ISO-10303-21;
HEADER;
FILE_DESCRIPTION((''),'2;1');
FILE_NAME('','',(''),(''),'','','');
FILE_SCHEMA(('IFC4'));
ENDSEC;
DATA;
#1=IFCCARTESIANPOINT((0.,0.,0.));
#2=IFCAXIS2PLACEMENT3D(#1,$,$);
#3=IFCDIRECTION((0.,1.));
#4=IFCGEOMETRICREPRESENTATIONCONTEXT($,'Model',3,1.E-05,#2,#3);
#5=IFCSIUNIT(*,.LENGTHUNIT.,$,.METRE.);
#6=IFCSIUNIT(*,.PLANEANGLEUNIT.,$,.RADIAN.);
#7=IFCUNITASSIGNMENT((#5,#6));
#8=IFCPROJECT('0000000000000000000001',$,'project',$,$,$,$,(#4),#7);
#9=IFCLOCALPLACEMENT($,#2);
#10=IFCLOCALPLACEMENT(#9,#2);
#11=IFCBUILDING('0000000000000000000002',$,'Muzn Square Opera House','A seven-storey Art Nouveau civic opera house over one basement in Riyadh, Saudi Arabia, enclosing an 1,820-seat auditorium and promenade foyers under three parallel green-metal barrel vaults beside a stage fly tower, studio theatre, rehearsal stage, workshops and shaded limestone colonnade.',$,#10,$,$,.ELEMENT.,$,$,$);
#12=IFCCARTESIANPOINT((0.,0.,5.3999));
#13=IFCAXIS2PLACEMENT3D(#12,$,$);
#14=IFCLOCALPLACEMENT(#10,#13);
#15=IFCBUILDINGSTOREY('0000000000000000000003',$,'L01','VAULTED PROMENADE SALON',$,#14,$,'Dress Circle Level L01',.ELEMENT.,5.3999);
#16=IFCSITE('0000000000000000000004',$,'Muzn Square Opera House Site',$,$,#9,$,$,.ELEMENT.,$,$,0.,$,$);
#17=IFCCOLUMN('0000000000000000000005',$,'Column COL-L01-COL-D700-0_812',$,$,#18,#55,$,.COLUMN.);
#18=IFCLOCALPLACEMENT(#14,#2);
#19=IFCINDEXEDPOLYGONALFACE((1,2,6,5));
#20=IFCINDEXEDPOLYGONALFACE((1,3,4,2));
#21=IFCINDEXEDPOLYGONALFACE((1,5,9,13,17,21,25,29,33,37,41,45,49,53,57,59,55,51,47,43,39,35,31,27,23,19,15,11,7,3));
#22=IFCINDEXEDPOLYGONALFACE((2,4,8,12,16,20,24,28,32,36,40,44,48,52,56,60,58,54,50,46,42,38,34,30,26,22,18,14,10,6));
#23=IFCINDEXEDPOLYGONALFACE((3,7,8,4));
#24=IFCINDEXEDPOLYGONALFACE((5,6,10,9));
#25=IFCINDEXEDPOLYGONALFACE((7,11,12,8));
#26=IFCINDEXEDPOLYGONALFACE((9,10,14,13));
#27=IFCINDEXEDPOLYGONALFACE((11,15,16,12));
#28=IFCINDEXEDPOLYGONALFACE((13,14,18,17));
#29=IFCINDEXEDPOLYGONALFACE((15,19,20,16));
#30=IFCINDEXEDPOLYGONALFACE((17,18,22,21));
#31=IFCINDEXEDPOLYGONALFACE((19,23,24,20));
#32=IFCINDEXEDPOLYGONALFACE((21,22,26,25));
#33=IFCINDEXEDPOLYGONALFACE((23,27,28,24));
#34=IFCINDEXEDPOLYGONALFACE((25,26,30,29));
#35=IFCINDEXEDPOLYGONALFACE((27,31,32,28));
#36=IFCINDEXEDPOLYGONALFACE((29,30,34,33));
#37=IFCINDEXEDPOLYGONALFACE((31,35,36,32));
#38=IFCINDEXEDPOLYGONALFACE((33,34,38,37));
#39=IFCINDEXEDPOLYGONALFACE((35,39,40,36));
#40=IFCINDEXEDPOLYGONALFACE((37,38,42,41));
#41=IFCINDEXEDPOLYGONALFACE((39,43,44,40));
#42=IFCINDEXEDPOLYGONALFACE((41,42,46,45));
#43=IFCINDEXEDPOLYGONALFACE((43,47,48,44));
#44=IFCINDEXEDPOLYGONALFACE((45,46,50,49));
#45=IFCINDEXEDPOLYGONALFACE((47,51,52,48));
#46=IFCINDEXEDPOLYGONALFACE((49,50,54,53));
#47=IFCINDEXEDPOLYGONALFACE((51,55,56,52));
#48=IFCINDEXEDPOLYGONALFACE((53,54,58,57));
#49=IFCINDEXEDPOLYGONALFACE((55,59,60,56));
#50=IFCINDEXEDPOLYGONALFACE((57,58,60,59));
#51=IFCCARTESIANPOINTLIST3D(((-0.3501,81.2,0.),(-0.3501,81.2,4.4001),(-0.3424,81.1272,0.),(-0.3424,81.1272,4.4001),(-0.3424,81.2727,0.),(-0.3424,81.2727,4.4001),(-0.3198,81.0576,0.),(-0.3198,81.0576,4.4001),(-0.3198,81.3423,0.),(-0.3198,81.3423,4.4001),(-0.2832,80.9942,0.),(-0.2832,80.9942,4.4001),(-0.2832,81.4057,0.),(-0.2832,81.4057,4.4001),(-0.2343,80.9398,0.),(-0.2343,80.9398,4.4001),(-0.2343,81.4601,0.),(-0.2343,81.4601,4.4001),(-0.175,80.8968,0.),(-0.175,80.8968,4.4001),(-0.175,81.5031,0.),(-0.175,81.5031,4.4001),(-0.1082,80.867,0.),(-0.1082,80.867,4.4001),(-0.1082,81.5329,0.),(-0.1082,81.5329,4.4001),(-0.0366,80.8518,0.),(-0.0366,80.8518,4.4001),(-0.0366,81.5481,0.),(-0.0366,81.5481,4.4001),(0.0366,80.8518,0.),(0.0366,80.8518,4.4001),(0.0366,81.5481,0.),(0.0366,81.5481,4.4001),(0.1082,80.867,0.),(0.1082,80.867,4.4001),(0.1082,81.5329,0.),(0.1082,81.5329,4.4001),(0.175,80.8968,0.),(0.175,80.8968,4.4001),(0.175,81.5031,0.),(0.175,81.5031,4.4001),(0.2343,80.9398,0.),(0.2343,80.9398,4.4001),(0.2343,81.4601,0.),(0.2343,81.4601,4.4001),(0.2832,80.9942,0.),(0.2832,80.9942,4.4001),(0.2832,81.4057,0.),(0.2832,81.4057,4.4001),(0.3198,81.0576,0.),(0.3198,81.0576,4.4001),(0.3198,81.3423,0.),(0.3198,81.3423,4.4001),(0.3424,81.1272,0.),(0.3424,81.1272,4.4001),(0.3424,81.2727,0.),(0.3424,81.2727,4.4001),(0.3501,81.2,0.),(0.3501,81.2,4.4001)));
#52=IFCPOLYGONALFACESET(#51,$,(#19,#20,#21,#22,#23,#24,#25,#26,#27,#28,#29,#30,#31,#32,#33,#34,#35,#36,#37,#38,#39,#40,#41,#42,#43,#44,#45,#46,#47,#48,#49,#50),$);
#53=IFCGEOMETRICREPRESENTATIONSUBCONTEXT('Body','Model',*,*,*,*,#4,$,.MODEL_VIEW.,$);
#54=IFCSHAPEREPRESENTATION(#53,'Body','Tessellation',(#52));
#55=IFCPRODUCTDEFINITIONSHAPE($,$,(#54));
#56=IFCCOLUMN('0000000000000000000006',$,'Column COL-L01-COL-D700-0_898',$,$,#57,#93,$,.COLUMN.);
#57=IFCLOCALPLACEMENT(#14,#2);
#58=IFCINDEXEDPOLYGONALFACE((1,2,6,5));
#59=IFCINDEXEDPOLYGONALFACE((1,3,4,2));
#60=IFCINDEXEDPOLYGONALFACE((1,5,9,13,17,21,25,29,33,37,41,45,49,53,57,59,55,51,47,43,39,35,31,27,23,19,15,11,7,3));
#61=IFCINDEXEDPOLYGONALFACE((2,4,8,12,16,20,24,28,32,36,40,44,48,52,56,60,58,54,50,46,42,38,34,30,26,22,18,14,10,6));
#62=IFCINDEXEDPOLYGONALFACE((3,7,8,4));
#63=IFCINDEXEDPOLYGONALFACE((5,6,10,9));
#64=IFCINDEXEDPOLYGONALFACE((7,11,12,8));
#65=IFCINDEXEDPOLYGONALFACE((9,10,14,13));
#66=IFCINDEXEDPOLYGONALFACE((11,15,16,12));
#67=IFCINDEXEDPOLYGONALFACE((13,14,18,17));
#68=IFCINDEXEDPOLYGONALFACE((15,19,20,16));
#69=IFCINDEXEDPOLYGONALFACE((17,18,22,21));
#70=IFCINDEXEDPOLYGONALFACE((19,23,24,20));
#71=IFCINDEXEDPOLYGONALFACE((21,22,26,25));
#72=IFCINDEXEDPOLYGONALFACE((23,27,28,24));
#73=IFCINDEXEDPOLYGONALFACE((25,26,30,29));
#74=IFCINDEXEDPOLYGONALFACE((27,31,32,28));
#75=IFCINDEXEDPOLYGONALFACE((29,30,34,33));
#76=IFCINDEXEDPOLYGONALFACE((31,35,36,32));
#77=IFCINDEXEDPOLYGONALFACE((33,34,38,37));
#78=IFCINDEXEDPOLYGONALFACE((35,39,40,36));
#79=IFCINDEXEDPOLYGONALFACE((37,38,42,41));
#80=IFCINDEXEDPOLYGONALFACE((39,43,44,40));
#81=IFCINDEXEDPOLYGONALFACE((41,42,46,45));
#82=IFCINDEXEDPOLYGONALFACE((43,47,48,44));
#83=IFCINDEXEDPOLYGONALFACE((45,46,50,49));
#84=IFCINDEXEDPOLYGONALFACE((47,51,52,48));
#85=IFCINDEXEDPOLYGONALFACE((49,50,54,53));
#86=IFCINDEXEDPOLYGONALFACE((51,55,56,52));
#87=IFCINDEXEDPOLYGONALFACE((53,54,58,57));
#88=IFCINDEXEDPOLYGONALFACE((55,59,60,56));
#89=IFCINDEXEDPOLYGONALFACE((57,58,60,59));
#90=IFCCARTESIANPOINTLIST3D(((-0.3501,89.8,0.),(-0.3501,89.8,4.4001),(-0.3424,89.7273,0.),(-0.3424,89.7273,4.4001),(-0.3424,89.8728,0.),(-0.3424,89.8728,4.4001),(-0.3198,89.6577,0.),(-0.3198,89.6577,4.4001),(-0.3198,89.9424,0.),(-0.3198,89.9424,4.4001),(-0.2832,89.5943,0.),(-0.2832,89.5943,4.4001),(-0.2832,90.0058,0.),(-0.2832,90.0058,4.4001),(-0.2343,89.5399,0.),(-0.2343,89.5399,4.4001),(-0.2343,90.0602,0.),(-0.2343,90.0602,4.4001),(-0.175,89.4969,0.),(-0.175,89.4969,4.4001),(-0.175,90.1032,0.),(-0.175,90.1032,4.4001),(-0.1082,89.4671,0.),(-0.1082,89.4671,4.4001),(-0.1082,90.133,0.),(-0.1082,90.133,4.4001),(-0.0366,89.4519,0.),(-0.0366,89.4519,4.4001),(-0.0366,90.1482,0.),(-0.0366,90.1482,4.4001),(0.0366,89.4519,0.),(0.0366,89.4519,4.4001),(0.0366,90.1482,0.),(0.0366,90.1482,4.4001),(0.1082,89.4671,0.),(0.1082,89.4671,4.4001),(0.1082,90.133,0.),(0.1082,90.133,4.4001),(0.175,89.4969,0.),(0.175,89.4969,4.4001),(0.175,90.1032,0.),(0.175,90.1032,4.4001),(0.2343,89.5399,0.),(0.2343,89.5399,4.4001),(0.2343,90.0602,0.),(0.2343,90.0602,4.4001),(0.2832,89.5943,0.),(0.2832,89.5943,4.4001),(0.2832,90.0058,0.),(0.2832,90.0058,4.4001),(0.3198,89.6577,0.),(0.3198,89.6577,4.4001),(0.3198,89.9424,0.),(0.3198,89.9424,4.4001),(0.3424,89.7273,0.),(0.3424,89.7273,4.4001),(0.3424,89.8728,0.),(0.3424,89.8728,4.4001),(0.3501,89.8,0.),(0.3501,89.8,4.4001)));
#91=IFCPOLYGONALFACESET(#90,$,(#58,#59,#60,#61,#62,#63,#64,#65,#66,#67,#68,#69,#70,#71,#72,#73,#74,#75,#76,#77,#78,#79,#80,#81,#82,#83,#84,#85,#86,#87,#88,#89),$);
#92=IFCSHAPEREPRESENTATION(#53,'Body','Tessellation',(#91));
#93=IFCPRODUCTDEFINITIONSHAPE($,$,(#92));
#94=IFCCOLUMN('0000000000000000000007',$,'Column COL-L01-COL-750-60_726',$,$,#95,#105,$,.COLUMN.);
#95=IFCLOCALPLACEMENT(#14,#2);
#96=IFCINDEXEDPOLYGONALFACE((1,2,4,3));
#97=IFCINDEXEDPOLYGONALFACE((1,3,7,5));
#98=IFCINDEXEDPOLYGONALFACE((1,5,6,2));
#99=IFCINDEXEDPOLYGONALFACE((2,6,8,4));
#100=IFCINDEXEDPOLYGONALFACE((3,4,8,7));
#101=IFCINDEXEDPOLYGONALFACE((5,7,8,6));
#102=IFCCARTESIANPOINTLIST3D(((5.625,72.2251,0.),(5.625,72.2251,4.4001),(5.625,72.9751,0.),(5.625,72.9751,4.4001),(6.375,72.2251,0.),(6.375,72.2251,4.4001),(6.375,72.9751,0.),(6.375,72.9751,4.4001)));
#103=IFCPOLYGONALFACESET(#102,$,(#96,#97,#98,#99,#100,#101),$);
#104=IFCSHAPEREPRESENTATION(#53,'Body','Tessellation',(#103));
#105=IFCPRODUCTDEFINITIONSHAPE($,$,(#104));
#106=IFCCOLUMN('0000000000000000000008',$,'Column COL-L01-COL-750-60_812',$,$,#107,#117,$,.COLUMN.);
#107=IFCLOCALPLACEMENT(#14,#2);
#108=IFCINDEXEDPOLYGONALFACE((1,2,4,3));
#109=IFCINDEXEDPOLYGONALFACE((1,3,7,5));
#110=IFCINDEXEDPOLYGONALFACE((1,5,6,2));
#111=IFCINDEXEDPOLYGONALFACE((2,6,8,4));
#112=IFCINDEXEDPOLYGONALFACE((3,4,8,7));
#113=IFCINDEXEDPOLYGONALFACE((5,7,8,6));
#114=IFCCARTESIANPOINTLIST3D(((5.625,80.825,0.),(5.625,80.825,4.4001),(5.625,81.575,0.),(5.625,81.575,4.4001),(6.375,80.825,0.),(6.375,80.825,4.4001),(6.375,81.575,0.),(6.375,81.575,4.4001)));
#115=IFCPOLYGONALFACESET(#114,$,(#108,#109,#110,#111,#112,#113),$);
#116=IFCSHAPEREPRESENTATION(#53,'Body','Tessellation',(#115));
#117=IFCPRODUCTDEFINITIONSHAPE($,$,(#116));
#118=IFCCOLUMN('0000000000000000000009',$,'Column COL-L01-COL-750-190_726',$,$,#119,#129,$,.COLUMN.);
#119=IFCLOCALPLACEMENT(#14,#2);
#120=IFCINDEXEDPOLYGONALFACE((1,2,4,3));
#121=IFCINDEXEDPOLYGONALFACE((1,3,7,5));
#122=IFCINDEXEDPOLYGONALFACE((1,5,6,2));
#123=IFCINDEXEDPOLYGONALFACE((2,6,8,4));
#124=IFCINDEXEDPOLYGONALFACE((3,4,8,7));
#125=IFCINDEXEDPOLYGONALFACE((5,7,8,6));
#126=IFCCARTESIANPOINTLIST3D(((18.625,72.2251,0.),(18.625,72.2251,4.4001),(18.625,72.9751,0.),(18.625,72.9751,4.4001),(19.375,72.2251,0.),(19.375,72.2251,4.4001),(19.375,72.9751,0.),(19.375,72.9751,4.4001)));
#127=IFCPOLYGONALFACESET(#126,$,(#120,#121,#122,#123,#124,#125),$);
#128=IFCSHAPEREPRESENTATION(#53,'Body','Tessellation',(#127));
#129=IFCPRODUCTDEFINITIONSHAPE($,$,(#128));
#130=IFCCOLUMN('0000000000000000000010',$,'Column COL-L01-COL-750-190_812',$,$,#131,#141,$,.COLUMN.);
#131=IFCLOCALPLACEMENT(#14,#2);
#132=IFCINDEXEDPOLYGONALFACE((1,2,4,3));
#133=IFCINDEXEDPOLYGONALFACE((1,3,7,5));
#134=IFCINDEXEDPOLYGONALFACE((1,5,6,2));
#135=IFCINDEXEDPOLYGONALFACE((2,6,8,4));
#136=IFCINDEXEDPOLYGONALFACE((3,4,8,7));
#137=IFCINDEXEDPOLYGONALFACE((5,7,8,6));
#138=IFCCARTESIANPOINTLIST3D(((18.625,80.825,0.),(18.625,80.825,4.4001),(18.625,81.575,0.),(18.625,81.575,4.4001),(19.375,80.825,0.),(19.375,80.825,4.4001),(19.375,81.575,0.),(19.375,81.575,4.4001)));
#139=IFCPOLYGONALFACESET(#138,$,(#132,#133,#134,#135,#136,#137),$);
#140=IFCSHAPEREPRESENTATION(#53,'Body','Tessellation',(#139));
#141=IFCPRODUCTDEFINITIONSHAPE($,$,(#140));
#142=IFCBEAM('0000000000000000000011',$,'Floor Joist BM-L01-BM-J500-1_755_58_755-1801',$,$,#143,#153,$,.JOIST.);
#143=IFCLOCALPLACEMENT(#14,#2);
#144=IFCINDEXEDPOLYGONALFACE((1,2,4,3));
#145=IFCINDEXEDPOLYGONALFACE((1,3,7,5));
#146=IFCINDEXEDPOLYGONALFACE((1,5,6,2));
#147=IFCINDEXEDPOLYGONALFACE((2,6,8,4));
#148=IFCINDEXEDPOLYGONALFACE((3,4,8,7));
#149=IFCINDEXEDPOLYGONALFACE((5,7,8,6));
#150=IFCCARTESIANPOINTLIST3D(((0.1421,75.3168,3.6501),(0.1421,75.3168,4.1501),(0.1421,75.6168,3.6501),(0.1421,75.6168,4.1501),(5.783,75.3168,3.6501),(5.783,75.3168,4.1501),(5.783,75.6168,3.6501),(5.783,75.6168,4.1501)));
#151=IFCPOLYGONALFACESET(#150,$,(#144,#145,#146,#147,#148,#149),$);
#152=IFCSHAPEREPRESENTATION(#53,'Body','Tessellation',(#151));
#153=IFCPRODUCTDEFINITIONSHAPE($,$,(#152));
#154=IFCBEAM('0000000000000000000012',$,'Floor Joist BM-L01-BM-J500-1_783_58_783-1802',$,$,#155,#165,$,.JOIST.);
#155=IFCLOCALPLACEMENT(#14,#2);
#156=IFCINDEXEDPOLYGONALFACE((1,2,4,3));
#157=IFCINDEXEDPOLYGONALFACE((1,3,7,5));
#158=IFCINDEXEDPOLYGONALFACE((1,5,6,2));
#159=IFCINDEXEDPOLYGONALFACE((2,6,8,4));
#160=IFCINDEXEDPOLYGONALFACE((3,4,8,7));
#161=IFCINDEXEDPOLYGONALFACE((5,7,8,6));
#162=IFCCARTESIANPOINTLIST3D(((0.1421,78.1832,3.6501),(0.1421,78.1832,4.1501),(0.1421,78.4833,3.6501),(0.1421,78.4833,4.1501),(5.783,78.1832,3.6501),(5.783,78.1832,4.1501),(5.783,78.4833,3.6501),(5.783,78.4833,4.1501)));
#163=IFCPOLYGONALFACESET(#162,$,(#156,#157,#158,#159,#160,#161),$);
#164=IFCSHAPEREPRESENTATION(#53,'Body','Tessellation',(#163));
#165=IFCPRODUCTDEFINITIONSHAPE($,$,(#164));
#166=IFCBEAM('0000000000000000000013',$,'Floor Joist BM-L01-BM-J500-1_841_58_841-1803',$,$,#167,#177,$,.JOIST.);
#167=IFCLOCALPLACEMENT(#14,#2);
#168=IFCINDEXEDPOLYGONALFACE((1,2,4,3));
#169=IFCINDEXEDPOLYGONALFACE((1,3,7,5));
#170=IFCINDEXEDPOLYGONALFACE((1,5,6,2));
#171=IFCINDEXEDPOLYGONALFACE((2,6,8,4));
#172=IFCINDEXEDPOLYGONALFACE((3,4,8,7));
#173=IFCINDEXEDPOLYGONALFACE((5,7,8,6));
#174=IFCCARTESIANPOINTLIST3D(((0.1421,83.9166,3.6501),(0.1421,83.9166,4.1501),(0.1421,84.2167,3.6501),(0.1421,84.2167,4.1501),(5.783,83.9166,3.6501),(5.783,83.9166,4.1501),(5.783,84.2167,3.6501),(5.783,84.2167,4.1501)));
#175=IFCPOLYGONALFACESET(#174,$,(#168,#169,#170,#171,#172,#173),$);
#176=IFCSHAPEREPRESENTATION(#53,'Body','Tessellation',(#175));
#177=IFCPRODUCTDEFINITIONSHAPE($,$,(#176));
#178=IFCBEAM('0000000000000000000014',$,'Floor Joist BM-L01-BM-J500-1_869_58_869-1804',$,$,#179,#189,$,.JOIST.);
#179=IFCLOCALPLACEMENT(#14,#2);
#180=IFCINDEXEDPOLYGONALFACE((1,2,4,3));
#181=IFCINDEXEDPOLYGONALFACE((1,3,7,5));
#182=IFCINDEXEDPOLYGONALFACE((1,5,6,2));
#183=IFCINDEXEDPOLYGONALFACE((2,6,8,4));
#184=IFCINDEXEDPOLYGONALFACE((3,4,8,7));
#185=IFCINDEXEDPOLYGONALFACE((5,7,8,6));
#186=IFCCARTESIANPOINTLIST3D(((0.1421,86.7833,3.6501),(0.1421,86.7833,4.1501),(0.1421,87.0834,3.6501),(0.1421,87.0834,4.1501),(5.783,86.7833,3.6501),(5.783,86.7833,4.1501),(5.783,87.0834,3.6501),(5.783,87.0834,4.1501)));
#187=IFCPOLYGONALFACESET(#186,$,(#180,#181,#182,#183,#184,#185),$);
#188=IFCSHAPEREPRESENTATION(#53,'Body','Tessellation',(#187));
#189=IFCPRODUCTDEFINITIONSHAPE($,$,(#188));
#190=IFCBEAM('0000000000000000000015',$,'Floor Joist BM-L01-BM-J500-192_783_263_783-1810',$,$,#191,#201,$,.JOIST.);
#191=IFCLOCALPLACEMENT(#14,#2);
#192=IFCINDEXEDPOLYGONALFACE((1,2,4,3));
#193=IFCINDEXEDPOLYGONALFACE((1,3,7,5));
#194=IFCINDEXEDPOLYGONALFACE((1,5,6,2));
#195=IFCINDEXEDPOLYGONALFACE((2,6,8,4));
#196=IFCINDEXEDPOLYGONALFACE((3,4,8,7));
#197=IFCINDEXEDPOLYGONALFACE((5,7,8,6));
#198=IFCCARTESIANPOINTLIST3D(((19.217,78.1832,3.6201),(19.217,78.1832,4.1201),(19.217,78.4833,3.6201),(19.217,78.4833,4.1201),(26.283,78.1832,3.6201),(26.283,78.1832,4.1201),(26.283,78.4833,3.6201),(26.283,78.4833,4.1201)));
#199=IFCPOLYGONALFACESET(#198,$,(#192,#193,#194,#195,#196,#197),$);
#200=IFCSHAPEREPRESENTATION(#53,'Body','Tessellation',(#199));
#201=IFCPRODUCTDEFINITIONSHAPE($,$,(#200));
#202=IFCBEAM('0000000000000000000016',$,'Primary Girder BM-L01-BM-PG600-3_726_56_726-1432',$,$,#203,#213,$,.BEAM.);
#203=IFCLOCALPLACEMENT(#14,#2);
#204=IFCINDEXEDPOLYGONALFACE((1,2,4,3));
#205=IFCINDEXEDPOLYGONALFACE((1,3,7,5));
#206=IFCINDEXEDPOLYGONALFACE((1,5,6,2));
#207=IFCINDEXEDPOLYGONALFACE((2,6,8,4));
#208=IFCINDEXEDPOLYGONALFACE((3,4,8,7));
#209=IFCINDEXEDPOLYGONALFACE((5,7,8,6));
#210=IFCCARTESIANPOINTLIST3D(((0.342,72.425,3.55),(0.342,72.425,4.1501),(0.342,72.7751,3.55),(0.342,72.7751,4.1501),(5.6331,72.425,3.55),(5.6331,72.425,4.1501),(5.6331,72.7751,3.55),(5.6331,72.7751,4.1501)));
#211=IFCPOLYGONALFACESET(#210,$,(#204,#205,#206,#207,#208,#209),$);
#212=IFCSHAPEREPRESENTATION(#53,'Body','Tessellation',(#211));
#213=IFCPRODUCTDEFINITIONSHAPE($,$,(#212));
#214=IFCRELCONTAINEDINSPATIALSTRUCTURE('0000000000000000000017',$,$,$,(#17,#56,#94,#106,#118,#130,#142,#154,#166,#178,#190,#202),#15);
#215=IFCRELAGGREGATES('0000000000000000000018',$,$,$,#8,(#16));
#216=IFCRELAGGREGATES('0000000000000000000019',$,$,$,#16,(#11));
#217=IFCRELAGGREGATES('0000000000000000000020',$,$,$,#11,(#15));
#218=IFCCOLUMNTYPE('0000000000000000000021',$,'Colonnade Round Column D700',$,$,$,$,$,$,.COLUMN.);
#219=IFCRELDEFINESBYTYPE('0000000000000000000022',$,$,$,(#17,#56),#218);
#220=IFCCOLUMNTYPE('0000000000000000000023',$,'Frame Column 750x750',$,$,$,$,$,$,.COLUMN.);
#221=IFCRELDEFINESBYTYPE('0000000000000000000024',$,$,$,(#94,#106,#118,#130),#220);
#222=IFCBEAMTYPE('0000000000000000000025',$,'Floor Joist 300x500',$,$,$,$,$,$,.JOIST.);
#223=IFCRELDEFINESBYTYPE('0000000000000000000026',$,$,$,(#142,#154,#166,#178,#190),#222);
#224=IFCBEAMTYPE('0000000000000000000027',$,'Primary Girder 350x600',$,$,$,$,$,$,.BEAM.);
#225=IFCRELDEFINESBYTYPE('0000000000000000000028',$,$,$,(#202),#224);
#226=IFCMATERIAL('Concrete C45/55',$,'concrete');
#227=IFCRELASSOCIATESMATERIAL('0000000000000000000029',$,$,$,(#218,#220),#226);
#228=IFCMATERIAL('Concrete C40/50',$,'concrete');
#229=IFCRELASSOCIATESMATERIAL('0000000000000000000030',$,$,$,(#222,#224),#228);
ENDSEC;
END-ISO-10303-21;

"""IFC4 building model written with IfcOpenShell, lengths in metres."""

from ifc_helpers import new_model, si_unit, direction, frame, origin, origin_2d, place, context, subcontext, project, spatial, rectangle, circle, extrude, material, material_profile, profile_set, type_object, element, save


model = new_model("IFC4")

# Units and contexts
model_context = context("Model", 3, precision=1e-05, world=origin(), true_north=direction((0.0, 1.0)))
body_context = subcontext(model_context, "Body", "Model", "MODEL_VIEW")
ifc_project = project(units=[si_unit("LENGTHUNIT", "METRE"), si_unit("PLANEANGLEUNIT", "RADIAN")], contexts=[model_context])

# Site, building, storey
site_placement = place(None, origin())
site = spatial("IfcSite", under=ifc_project, at=site_placement, Name="Muzn Square Opera House Site", CompositionType="ELEMENT", RefElevation=0.0)
building_placement = place(site_placement, origin())
building = spatial("IfcBuilding", under=site, at=building_placement, Name="Muzn Square Opera House", Description="A seven-storey Art Nouveau civic opera house over one basement in Riyadh, Saudi Arabia, enclosing an 1,820-seat auditorium and promenade foyers under three parallel green-metal barrel vaults beside a stage fly tower, studio theatre, rehearsal stage, workshops and shaded limestone colonnade.", CompositionType="ELEMENT")
storey_placement = place(building_placement, frame((0.0, 0.0, 5.3999)))
storey = spatial("IfcBuildingStorey", under=building, at=storey_placement, Name="L01", Description="VAULTED PROMENADE SALON", LongName="Dress Circle Level L01", CompositionType="ELEMENT", Elevation=5.3999)

# Columns
ifc_material_1 = material(Name="Concrete C45/55", Category="concrete")
ifc_material_profile_1 = material_profile(ifc_material_1, circle(Radius=0.3501, at=origin_2d()), Name="RCC D700", Category="concrete")
ifc_profile_set_1 = profile_set([ifc_material_profile_1], Name="Concrete C45/55")
column_type_1 = type_object("IfcColumnType", Name="Colonnade Round Column D700", PredefinedType="COLUMN", material=ifc_profile_set_1)
for number, where, z_axis, x_axis, name in (
    (1, (0.0, 81.2, 0.0), (0.0, 0.0, 1.0), (1.0, 0.0, 0.0), "Column COL-L01-COL-D700-0_812"),
    (2, (0.0, 89.8, 0.0), (0.0, 0.0, 1.0), (1.0, 0.0, 0.0), "Column COL-L01-COL-D700-0_898"),
):
    element("IfcColumn", number, at=place(storey_placement, frame(where, z_axis=z_axis, x_axis=x_axis)), inside=storey, type_object=column_type_1, Name=name, PredefinedType="COLUMN", context=body_context, shape_type="SweptSolid", body=[
        extrude(circle(Radius=0.3501, at=origin_2d()), origin(), (0.0, 0.0, 1.0), 4.4001),
    ])
ifc_material_profile_2 = material_profile(ifc_material_1, rectangle(XDim=0.75, YDim=0.75, at=origin_2d()), Name="RC 750x750", Category="concrete")
ifc_profile_set_2 = profile_set([ifc_material_profile_2], Name="Concrete C45/55")
column_type_2 = type_object("IfcColumnType", Name="Frame Column 750x750", PredefinedType="COLUMN", material=ifc_profile_set_2)
for number, where, z_axis, x_axis, name in (
    (3, (6.0, 72.6001, 0.0), (0.0, 0.0, 1.0), (1.0, 0.0, 0.0), "Column COL-L01-COL-750-60_726"),
    (4, (6.0, 81.2, 0.0), (0.0, 0.0, 1.0), (1.0, 0.0, 0.0), "Column COL-L01-COL-750-60_812"),
    (5, (19.0, 72.6001, 0.0), (0.0, 0.0, 1.0), (1.0, 0.0, 0.0), "Column COL-L01-COL-750-190_726"),
    (6, (19.0, 81.2, 0.0), (0.0, 0.0, 1.0), (1.0, 0.0, 0.0), "Column COL-L01-COL-750-190_812"),
):
    element("IfcColumn", number, at=place(storey_placement, frame(where, z_axis=z_axis, x_axis=x_axis)), inside=storey, type_object=column_type_2, Name=name, PredefinedType="COLUMN", context=body_context, shape_type="SweptSolid", body=[
        extrude(rectangle(XDim=0.75, YDim=0.75, at=origin_2d()), origin(), (0.0, 0.0, 1.0), 4.4001),
    ])

# Beams
ifc_material_2 = material(Name="Concrete C40/50", Category="concrete")
ifc_material_profile_3 = material_profile(ifc_material_2, rectangle(XDim=0.3, YDim=0.5, at=origin_2d()), Name="RCJ 300x500", Category="concrete")
ifc_profile_set_3 = profile_set([ifc_material_profile_3], Name="Concrete C40/50")
beam_type_1 = type_object("IfcBeamType", Name="Floor Joist 300x500", PredefinedType="JOIST", material=ifc_profile_set_3)
for number, where, z_axis, x_axis, name in (
    (7, (0.1421, 75.4668, 3.9001), (1.0, 0.0, 0.0), (0.0, 1.0, 0.0), "Floor Joist BM-L01-BM-J500-1_755_58_755-1801"),
    (8, (0.1421, 78.3333, 3.9001), (1.0, 0.0, 0.0), (0.0, 1.0, 0.0), "Floor Joist BM-L01-BM-J500-1_783_58_783-1802"),
    (9, (0.1421, 84.0667, 3.9001), (1.0, 0.0, 0.0), (0.0, 1.0, 0.0), "Floor Joist BM-L01-BM-J500-1_841_58_841-1803"),
    (10, (0.1421, 86.9333, 3.9001), (1.0, 0.0, 0.0), (0.0, 1.0, 0.0), "Floor Joist BM-L01-BM-J500-1_869_58_869-1804"),
):
    element("IfcBeam", number, at=place(storey_placement, frame(where, z_axis=z_axis, x_axis=x_axis)), inside=storey, type_object=beam_type_1, Name=name, PredefinedType="JOIST", context=body_context, shape_type="SweptSolid", body=[
        extrude(rectangle(XDim=0.3, YDim=0.5, at=origin_2d()), origin(), (0.0, 0.0, 1.0), 5.6409),
    ])
beam_1_placement = place(storey_placement, frame((19.217, 78.3333, 3.8701), z_axis=(1.0, 0.0, 0.0), x_axis=(0.0, 1.0, 0.0)))
element("IfcBeam", 11, at=beam_1_placement, inside=storey, type_object=beam_type_1, Name="Floor Joist BM-L01-BM-J500-192_783_263_783-1810", PredefinedType="JOIST", context=body_context, shape_type="SweptSolid", body=[
    extrude(rectangle(XDim=0.3, YDim=0.5, at=origin_2d()), origin(), (0.0, 0.0, 1.0), 7.0659),
])
ifc_material_profile_4 = material_profile(ifc_material_2, rectangle(XDim=0.3501, YDim=0.6001, at=origin_2d()), Name="RCB 350x600", Category="concrete")
ifc_profile_set_4 = profile_set([ifc_material_profile_4], Name="Concrete C40/50")
beam_type_2 = type_object("IfcBeamType", Name="Primary Girder 350x600", PredefinedType="BEAM", material=ifc_profile_set_4)
for number, where, z_axis, x_axis, name in (
    (12, (0.342, 72.6001, 3.8501), (1.0, 0.0, 0.0), (0.0, 1.0, 0.0), "Primary Girder BM-L01-BM-PG600-3_726_56_726-1432"),
):
    element("IfcBeam", number, at=place(storey_placement, frame(where, z_axis=z_axis, x_axis=x_axis)), inside=storey, type_object=beam_type_2, Name=name, PredefinedType="BEAM", context=body_context, shape_type="SweptSolid", body=[
        extrude(rectangle(XDim=0.3501, YDim=0.6001, at=origin_2d()), origin(), (0.0, 0.0, 1.0), 5.291),
    ])

save(model, "model.ifc")
